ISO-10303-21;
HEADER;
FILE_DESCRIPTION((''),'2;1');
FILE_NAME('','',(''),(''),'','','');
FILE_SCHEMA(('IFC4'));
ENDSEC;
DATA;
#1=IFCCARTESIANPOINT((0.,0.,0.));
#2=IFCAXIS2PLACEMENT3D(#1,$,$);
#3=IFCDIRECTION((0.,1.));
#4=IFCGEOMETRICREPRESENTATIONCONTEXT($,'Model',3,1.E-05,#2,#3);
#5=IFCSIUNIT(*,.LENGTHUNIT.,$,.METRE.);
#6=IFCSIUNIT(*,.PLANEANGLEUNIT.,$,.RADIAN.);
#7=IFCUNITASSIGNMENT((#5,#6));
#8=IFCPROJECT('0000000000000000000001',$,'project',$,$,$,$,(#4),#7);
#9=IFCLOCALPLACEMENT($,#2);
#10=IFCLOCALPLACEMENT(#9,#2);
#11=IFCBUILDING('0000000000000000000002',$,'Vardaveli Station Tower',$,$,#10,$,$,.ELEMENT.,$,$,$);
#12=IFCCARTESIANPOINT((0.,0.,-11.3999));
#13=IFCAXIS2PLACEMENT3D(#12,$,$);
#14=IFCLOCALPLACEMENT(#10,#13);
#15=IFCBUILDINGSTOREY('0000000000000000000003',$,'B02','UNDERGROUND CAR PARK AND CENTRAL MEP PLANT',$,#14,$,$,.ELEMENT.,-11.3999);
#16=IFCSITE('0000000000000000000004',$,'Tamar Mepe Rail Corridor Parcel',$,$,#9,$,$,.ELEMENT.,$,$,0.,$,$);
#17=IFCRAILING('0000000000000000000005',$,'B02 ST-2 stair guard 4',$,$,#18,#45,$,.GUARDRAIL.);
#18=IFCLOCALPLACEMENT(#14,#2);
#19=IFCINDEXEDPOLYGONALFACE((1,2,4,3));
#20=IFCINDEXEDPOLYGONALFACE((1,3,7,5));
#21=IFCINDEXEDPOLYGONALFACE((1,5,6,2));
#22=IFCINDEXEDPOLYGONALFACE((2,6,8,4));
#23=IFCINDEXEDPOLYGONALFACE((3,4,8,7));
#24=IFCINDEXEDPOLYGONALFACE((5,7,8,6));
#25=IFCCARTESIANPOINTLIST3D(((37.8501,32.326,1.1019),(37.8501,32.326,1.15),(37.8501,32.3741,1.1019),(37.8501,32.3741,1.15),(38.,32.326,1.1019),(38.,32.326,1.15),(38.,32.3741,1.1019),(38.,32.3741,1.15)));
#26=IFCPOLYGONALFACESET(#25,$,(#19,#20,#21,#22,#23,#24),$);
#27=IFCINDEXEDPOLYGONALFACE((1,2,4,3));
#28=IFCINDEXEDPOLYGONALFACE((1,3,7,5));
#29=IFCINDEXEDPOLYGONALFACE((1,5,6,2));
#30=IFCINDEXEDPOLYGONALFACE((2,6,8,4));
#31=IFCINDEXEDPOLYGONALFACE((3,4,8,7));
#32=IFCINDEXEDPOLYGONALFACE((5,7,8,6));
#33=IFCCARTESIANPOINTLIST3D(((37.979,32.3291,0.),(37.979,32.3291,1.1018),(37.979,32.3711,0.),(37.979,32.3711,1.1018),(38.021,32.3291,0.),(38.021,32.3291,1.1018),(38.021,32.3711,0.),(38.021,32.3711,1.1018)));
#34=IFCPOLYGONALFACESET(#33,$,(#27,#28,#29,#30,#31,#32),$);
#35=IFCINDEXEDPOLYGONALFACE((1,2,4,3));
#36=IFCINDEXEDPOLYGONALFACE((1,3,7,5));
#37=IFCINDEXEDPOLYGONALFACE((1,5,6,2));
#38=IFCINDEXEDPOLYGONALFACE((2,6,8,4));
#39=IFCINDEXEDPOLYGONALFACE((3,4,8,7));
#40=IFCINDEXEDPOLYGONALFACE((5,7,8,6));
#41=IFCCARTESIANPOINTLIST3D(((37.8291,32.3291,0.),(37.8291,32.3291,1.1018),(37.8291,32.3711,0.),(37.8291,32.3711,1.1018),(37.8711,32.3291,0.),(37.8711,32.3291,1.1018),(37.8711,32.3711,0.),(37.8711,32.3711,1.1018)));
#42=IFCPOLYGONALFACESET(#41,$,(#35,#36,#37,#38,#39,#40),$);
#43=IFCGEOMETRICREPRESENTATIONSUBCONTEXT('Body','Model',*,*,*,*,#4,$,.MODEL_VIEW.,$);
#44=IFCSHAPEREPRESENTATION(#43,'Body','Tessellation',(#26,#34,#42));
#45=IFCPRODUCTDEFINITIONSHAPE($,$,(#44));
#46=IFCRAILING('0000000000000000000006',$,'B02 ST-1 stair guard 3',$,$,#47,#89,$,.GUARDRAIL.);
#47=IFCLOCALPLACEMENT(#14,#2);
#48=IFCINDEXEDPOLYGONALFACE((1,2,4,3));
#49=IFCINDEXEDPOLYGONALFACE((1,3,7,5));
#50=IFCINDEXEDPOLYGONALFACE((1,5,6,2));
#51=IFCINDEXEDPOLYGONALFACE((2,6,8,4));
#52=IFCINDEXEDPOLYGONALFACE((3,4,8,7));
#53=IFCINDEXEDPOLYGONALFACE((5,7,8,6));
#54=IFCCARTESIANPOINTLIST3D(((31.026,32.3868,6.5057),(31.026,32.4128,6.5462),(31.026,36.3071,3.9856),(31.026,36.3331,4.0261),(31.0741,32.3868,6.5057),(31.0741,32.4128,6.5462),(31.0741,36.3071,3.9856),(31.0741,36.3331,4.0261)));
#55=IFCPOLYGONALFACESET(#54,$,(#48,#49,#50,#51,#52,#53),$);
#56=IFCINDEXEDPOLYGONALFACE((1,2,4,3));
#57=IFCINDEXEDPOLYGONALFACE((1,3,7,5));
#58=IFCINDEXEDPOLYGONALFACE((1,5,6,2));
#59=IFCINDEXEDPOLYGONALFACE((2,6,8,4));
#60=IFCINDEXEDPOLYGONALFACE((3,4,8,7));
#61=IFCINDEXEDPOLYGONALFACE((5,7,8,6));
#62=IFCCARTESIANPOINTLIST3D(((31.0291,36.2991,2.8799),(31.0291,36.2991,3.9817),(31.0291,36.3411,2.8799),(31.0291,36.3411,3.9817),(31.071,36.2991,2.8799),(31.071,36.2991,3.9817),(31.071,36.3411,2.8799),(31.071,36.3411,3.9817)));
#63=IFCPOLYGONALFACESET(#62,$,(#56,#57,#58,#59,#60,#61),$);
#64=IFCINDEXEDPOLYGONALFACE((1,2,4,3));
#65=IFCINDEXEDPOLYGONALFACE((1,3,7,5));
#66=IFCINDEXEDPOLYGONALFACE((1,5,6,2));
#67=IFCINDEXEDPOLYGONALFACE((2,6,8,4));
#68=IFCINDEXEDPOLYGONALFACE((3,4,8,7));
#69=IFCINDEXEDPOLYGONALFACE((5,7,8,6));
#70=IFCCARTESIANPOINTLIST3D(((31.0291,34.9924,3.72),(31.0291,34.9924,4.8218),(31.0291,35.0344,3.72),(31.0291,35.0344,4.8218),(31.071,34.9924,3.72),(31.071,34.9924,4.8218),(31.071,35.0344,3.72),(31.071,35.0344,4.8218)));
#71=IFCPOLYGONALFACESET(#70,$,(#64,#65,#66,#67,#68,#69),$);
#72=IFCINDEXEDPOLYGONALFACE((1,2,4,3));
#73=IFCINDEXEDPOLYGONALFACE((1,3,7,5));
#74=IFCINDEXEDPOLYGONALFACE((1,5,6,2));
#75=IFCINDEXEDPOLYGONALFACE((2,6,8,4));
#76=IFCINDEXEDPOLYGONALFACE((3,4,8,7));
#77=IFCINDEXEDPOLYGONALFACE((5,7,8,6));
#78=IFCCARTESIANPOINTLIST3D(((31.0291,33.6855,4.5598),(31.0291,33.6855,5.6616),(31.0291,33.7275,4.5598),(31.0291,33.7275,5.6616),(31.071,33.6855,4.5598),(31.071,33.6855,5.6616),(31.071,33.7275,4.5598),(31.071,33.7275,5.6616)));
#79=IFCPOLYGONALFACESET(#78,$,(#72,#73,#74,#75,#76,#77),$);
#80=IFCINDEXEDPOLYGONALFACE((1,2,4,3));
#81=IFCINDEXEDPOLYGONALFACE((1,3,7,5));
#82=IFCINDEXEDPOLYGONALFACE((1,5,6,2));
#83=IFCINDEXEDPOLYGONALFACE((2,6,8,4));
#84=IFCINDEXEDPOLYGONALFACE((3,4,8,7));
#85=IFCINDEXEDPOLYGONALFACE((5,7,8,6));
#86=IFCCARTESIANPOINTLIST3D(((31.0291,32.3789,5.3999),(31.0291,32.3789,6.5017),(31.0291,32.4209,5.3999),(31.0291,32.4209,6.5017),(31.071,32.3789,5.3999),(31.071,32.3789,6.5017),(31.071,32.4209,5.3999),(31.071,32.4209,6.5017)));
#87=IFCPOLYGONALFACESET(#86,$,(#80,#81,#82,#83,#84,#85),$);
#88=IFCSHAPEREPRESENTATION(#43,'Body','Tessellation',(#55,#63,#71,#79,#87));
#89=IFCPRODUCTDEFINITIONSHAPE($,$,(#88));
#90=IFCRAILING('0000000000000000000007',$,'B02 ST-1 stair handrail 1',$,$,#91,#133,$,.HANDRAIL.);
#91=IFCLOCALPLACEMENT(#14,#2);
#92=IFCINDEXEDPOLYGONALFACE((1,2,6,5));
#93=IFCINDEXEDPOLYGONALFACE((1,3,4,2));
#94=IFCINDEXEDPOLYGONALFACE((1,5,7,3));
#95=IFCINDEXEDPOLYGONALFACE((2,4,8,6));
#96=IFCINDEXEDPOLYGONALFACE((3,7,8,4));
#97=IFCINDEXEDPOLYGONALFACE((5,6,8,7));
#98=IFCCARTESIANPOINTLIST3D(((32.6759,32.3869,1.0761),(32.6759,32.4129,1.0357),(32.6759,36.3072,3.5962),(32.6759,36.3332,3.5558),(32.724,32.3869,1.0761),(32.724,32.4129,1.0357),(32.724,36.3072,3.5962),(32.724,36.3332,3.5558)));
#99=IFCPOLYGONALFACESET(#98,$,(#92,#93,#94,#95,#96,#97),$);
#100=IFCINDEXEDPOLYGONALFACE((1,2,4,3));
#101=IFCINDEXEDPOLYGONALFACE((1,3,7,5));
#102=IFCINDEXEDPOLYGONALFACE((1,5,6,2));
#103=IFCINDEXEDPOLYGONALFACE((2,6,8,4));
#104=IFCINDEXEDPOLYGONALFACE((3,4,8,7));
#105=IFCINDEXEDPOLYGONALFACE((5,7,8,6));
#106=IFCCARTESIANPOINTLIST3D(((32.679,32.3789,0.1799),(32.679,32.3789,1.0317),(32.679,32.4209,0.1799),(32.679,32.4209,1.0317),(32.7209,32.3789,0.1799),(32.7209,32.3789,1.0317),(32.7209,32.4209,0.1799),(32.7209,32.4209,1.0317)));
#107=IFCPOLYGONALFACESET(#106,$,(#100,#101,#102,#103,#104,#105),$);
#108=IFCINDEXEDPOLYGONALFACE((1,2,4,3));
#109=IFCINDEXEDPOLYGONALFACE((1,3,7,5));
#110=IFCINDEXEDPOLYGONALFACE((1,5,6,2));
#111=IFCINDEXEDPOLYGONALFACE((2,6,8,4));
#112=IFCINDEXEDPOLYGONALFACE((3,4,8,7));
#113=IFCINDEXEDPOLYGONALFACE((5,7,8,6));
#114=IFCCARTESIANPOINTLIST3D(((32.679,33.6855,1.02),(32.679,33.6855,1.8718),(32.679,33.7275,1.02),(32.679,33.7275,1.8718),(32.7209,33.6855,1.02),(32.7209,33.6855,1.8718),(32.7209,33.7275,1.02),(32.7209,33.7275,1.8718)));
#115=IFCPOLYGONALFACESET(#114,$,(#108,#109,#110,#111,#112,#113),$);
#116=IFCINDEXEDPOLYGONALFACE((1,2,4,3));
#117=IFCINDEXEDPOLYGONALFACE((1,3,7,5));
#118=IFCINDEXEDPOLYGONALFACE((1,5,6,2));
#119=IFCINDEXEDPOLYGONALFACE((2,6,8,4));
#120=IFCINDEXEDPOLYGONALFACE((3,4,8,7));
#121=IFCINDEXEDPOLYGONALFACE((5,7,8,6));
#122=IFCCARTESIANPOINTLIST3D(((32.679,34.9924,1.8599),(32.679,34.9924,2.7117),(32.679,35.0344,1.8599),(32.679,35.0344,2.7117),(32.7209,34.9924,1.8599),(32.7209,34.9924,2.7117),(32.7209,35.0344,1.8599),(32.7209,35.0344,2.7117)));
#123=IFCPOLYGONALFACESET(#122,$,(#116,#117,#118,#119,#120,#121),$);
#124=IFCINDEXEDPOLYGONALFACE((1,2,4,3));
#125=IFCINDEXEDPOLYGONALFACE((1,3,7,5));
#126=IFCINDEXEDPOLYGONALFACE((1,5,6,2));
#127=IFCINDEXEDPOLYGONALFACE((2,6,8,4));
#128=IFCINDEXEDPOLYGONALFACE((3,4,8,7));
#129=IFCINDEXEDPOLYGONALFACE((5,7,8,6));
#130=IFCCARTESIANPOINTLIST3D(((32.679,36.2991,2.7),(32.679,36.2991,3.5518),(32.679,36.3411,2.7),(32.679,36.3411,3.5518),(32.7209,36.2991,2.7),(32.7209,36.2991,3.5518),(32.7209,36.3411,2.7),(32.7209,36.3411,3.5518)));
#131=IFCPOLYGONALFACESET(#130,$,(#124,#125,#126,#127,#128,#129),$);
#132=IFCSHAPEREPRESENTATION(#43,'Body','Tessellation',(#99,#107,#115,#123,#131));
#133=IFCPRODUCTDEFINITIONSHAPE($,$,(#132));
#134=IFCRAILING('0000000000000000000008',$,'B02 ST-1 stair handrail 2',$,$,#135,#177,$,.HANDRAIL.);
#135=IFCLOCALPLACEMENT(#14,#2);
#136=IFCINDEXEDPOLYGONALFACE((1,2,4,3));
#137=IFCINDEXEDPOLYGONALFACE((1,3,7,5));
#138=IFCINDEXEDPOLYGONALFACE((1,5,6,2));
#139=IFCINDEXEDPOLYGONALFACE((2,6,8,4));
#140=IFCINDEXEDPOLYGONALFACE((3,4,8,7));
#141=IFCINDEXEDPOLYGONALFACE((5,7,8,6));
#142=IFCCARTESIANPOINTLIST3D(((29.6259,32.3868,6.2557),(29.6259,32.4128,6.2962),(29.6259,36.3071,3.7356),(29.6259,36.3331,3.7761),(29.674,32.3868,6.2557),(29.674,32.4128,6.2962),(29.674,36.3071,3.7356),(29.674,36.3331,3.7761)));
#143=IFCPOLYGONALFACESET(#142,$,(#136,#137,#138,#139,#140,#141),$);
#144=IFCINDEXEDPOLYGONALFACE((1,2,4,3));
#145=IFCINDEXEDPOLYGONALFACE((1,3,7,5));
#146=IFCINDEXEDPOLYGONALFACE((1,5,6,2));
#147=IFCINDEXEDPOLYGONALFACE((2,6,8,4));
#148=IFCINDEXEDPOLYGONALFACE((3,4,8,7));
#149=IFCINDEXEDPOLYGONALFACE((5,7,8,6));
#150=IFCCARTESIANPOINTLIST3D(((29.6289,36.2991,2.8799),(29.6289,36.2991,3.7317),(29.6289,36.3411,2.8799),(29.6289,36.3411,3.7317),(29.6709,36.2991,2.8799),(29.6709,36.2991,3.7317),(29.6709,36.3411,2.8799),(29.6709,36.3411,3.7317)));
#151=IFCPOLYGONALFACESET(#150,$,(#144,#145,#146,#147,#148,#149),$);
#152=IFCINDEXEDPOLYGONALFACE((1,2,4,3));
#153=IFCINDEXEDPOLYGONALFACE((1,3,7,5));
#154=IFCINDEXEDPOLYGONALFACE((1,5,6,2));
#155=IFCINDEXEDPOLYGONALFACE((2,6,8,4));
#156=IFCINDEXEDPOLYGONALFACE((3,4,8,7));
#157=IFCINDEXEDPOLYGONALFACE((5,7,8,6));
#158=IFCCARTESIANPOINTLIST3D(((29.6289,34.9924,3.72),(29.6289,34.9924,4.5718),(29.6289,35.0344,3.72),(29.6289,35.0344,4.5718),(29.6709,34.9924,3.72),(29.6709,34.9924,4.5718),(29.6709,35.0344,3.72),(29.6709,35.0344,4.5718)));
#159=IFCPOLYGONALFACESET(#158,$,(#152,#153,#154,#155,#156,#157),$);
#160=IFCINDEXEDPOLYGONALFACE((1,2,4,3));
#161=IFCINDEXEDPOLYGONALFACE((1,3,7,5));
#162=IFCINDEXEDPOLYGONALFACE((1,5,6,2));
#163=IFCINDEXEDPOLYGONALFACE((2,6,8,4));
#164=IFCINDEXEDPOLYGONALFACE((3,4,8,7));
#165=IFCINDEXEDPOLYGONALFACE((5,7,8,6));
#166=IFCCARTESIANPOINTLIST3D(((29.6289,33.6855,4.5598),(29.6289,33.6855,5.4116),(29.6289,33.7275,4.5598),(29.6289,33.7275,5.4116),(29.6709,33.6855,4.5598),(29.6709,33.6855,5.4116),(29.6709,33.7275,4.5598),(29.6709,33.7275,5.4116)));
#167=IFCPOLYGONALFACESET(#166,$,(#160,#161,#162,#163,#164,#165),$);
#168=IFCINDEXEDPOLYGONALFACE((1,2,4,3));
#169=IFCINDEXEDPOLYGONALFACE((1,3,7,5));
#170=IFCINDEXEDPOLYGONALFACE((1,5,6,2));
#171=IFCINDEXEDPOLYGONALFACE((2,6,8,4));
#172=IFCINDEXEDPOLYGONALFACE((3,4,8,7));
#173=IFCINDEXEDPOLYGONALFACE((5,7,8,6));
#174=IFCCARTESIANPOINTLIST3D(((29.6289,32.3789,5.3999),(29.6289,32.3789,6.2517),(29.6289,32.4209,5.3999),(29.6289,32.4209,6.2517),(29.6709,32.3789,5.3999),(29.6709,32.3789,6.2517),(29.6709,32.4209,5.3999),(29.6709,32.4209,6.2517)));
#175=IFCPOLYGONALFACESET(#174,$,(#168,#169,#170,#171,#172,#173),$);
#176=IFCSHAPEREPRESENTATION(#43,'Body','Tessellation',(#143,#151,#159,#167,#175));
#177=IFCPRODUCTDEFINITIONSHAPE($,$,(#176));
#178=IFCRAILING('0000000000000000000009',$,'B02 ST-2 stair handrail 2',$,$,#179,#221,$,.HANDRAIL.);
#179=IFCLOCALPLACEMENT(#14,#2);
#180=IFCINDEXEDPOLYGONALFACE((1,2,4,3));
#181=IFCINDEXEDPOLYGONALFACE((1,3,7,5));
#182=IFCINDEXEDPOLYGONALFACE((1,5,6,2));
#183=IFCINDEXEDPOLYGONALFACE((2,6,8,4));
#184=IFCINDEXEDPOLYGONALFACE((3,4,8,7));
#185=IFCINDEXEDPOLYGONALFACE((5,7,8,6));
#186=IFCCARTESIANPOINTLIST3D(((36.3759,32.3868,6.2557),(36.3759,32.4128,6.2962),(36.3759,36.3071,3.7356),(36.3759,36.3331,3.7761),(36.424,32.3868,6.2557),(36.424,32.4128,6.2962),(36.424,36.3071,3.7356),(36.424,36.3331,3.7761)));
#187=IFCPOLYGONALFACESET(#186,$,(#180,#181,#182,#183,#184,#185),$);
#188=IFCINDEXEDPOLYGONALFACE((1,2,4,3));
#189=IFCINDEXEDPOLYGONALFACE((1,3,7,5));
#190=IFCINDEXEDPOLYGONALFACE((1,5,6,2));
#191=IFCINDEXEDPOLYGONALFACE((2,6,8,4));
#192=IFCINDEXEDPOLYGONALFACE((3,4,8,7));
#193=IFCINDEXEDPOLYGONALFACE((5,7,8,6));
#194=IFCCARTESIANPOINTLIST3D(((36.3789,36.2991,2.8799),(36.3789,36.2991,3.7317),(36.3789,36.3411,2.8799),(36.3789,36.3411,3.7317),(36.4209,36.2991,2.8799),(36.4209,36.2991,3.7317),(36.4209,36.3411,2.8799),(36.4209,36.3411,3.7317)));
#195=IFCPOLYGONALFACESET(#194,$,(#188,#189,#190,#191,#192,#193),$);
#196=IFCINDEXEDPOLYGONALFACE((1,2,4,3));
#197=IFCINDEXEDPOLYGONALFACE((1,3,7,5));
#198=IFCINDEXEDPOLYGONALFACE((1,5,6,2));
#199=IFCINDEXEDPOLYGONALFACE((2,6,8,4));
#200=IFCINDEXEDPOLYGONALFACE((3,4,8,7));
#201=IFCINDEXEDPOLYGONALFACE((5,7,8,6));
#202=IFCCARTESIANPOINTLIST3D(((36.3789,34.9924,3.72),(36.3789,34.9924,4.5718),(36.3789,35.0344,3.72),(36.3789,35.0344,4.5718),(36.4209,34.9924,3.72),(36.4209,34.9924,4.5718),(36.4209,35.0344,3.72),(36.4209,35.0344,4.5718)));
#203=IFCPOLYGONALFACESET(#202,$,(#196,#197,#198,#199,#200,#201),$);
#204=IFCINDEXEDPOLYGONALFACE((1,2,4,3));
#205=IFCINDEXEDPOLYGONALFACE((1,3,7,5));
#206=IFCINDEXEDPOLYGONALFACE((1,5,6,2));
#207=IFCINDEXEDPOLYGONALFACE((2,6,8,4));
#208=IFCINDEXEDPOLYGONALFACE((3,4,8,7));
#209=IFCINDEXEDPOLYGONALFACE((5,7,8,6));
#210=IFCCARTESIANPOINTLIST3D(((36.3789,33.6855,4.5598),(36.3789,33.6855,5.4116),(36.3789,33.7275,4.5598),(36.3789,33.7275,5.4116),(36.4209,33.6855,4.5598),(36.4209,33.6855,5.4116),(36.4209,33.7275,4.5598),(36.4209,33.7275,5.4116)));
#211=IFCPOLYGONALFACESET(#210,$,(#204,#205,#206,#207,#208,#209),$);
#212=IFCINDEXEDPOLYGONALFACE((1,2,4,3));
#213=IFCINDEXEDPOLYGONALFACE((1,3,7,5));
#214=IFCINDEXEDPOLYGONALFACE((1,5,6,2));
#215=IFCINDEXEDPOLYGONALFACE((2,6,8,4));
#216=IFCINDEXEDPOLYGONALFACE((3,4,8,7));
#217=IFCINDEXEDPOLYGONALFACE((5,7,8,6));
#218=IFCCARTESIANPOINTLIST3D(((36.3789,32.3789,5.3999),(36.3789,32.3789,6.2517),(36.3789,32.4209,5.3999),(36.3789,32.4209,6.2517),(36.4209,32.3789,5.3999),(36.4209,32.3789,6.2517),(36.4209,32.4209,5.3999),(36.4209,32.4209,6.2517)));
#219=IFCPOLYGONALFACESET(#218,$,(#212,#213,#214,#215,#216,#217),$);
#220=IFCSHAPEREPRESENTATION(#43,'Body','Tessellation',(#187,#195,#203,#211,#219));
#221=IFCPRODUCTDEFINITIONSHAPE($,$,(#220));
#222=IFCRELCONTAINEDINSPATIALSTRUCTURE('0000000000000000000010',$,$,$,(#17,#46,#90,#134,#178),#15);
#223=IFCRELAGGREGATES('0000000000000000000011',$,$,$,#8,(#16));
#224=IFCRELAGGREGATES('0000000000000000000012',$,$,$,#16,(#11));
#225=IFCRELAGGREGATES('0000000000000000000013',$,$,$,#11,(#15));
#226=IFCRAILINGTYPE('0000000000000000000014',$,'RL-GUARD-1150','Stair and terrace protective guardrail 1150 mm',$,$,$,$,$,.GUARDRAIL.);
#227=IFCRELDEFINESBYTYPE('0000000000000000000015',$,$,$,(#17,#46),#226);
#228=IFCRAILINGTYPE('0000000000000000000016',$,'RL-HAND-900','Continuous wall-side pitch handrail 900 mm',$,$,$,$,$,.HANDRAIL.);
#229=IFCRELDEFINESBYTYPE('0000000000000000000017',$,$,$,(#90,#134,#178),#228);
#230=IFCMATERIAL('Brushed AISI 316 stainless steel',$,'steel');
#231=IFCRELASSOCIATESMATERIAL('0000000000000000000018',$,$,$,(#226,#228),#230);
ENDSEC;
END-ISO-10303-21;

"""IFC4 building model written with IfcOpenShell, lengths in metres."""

from ifc_helpers import new_model, si_unit, direction, frame, origin, origin_2d, place, context, subcontext, project, spatial, rectangle, extrude, source, transform, mapped, material, type_object, element, save


model = new_model("IFC4")

# Units and contexts
model_context = context("Model", 3, precision=1e-05, world=origin(), true_north=direction((0.0, 1.0)))
body_context = subcontext(model_context, "Body", "Model", "MODEL_VIEW")
ifc_project = project(units=[si_unit("LENGTHUNIT", "METRE"), si_unit("PLANEANGLEUNIT", "RADIAN")], contexts=[model_context])

# Site, building, storey
site_placement = place(None, origin())
site = spatial("IfcSite", under=ifc_project, at=site_placement, Name="Tamar Mepe Rail Corridor Parcel", CompositionType="ELEMENT", RefElevation=0.0)
building_placement = place(site_placement, origin())
building = spatial("IfcBuilding", under=site, at=building_placement, Name="Vardaveli Station Tower", CompositionType="ELEMENT")
storey_placement = place(building_placement, frame((0.0, 0.0, -11.3999)))
storey = spatial("IfcBuildingStorey", under=building, at=storey_placement, Name="B02", Description="UNDERGROUND CAR PARK AND CENTRAL MEP PLANT", CompositionType="ELEMENT", Elevation=-11.3999)

# Railings
ifc_material_1 = material(Name="Brushed AISI 316 stainless steel", Category="steel")
railing_type_1 = type_object("IfcRailingType", Name="RL-GUARD-1150", Description="Stair and terrace protective guardrail 1150 mm", PredefinedType="GUARDRAIL", material=ifc_material_1)
shared_shape_1 = source(origin(), body_context, "Body", "SweptSolid", [
    extrude(rectangle(XDim=0.0481, YDim=0.0481, at=origin_2d()), frame((0.0, 0.0, 1.126), z_axis=(-1.0, 0.0, 0.0), x_axis=(0.0, -1.0, 0.0)), (0.0, 0.0, 1.0), 0.1499),
    extrude(rectangle(XDim=0.042, YDim=0.042, at=origin_2d()), origin(), (0.0, 0.0, 1.0), 1.1018),
    extrude(rectangle(XDim=0.042, YDim=0.042, at=origin_2d()), frame((-0.1499, 0.0, 0.0)), (0.0, 0.0, 1.0), 1.1018),
])
for number, where, name in (
    (1, (38.0, 32.3501, 0.0), "B02 ST-2 stair guard 4"),
):
    element("IfcRailing", number, at=place(storey_placement, frame(where)), inside=storey, type_object=railing_type_1, Name=name, PredefinedType="GUARDRAIL", context=body_context, shape_type="MappedRepresentation", body=[
        mapped(shared_shape_1, transform((0.0, 0.0, 0.0), scale=1.0)),
    ])
shared_shape_2 = source(origin(), body_context, "Body", "SweptSolid", [
    extrude(rectangle(XDim=0.0481, YDim=0.0481, at=origin_2d()), frame((0.0, 0.0, 1.126), z_axis=(0.0, -0.841187, 0.540744), x_axis=(1.0, 0.0, 0.0)), (0.0, 0.0, 1.0), 4.6604),
    extrude(rectangle(XDim=0.042, YDim=0.042, at=origin_2d()), origin(), (0.0, 0.0, 1.0), 1.1018),
    extrude(rectangle(XDim=0.042, YDim=0.042, at=origin_2d()), frame((0.0, -1.3066, 0.8401)), (0.0, 0.0, 1.0), 1.1018),
    extrude(rectangle(XDim=0.042, YDim=0.042, at=origin_2d()), frame((0.0, -2.6135, 1.6799)), (0.0, 0.0, 1.0), 1.1018),
    extrude(rectangle(XDim=0.042, YDim=0.042, at=origin_2d()), frame((0.0, -3.9202, 2.52)), (0.0, 0.0, 1.0), 1.1018),
])
railing_1_placement = place(storey_placement, frame((31.05, 36.3201, 2.8799)))
element("IfcRailing", 2, at=railing_1_placement, inside=storey, type_object=railing_type_1, Name="B02 ST-1 stair guard 3", PredefinedType="GUARDRAIL", context=body_context, shape_type="MappedRepresentation", body=[
    mapped(shared_shape_2, transform((0.0, 0.0, 0.0), scale=1.0)),
])
railing_type_2 = type_object("IfcRailingType", Name="RL-HAND-900", Description="Continuous wall-side pitch handrail 900 mm", PredefinedType="HANDRAIL", material=ifc_material_1)
shared_shape_3 = source(origin(), body_context, "Body", "SweptSolid", [
    extrude(rectangle(XDim=0.0481, YDim=0.0481, at=origin_2d()), frame((0.0, 0.0, 0.876), z_axis=(0.0, 0.841187, 0.540744), x_axis=(-1.0, 0.0, 0.0)), (0.0, 0.0, 1.0), 4.6604),
    extrude(rectangle(XDim=0.042, YDim=0.042, at=origin_2d()), origin(), (0.0, 0.0, 1.0), 0.8518),
    extrude(rectangle(XDim=0.042, YDim=0.042, at=origin_2d()), frame((0.0, 1.3066, 0.8401)), (0.0, 0.0, 1.0), 0.8518),
    extrude(rectangle(XDim=0.042, YDim=0.042, at=origin_2d()), frame((0.0, 2.6135, 1.6799)), (0.0, 0.0, 1.0), 0.8518),
    extrude(rectangle(XDim=0.042, YDim=0.042, at=origin_2d()), frame((0.0, 3.9202, 2.52)), (0.0, 0.0, 1.0), 0.8518),
])
railing_2_placement = place(storey_placement, frame((32.7, 32.3999, 0.1799)))
element("IfcRailing", 3, at=railing_2_placement, inside=storey, type_object=railing_type_2, Name="B02 ST-1 stair handrail 1", PredefinedType="HANDRAIL", context=body_context, shape_type="MappedRepresentation", body=[
    mapped(shared_shape_3, transform((0.0, 0.0, 0.0), scale=1.0)),
])
shared_shape_4 = source(origin(), body_context, "Body", "SweptSolid", [
    extrude(rectangle(XDim=0.0481, YDim=0.0481, at=origin_2d()), frame((0.0, 0.0, 0.876), z_axis=(0.0, -0.841187, 0.540744), x_axis=(1.0, 0.0, 0.0)), (0.0, 0.0, 1.0), 4.6604),
    extrude(rectangle(XDim=0.042, YDim=0.042, at=origin_2d()), origin(), (0.0, 0.0, 1.0), 0.8518),
    extrude(rectangle(XDim=0.042, YDim=0.042, at=origin_2d()), frame((0.0, -1.3066, 0.8401)), (0.0, 0.0, 1.0), 0.8518),
    extrude(rectangle(XDim=0.042, YDim=0.042, at=origin_2d()), frame((0.0, -2.6135, 1.6799)), (0.0, 0.0, 1.0), 0.8518),
    extrude(rectangle(XDim=0.042, YDim=0.042, at=origin_2d()), frame((0.0, -3.9202, 2.52)), (0.0, 0.0, 1.0), 0.8518),
])
for number, where, name in (
    (4, (29.6499, 36.3201, 2.8799), "B02 ST-1 stair handrail 2"),
    (5, (36.3999, 36.3201, 2.8799), "B02 ST-2 stair handrail 2"),
):
    element("IfcRailing", number, at=place(storey_placement, frame(where)), inside=storey, type_object=railing_type_2, Name=name, PredefinedType="HANDRAIL", context=body_context, shape_type="MappedRepresentation", body=[
        mapped(shared_shape_4, transform((0.0, 0.0, 0.0), scale=1.0)),
    ])

save(model, "model.ifc")
